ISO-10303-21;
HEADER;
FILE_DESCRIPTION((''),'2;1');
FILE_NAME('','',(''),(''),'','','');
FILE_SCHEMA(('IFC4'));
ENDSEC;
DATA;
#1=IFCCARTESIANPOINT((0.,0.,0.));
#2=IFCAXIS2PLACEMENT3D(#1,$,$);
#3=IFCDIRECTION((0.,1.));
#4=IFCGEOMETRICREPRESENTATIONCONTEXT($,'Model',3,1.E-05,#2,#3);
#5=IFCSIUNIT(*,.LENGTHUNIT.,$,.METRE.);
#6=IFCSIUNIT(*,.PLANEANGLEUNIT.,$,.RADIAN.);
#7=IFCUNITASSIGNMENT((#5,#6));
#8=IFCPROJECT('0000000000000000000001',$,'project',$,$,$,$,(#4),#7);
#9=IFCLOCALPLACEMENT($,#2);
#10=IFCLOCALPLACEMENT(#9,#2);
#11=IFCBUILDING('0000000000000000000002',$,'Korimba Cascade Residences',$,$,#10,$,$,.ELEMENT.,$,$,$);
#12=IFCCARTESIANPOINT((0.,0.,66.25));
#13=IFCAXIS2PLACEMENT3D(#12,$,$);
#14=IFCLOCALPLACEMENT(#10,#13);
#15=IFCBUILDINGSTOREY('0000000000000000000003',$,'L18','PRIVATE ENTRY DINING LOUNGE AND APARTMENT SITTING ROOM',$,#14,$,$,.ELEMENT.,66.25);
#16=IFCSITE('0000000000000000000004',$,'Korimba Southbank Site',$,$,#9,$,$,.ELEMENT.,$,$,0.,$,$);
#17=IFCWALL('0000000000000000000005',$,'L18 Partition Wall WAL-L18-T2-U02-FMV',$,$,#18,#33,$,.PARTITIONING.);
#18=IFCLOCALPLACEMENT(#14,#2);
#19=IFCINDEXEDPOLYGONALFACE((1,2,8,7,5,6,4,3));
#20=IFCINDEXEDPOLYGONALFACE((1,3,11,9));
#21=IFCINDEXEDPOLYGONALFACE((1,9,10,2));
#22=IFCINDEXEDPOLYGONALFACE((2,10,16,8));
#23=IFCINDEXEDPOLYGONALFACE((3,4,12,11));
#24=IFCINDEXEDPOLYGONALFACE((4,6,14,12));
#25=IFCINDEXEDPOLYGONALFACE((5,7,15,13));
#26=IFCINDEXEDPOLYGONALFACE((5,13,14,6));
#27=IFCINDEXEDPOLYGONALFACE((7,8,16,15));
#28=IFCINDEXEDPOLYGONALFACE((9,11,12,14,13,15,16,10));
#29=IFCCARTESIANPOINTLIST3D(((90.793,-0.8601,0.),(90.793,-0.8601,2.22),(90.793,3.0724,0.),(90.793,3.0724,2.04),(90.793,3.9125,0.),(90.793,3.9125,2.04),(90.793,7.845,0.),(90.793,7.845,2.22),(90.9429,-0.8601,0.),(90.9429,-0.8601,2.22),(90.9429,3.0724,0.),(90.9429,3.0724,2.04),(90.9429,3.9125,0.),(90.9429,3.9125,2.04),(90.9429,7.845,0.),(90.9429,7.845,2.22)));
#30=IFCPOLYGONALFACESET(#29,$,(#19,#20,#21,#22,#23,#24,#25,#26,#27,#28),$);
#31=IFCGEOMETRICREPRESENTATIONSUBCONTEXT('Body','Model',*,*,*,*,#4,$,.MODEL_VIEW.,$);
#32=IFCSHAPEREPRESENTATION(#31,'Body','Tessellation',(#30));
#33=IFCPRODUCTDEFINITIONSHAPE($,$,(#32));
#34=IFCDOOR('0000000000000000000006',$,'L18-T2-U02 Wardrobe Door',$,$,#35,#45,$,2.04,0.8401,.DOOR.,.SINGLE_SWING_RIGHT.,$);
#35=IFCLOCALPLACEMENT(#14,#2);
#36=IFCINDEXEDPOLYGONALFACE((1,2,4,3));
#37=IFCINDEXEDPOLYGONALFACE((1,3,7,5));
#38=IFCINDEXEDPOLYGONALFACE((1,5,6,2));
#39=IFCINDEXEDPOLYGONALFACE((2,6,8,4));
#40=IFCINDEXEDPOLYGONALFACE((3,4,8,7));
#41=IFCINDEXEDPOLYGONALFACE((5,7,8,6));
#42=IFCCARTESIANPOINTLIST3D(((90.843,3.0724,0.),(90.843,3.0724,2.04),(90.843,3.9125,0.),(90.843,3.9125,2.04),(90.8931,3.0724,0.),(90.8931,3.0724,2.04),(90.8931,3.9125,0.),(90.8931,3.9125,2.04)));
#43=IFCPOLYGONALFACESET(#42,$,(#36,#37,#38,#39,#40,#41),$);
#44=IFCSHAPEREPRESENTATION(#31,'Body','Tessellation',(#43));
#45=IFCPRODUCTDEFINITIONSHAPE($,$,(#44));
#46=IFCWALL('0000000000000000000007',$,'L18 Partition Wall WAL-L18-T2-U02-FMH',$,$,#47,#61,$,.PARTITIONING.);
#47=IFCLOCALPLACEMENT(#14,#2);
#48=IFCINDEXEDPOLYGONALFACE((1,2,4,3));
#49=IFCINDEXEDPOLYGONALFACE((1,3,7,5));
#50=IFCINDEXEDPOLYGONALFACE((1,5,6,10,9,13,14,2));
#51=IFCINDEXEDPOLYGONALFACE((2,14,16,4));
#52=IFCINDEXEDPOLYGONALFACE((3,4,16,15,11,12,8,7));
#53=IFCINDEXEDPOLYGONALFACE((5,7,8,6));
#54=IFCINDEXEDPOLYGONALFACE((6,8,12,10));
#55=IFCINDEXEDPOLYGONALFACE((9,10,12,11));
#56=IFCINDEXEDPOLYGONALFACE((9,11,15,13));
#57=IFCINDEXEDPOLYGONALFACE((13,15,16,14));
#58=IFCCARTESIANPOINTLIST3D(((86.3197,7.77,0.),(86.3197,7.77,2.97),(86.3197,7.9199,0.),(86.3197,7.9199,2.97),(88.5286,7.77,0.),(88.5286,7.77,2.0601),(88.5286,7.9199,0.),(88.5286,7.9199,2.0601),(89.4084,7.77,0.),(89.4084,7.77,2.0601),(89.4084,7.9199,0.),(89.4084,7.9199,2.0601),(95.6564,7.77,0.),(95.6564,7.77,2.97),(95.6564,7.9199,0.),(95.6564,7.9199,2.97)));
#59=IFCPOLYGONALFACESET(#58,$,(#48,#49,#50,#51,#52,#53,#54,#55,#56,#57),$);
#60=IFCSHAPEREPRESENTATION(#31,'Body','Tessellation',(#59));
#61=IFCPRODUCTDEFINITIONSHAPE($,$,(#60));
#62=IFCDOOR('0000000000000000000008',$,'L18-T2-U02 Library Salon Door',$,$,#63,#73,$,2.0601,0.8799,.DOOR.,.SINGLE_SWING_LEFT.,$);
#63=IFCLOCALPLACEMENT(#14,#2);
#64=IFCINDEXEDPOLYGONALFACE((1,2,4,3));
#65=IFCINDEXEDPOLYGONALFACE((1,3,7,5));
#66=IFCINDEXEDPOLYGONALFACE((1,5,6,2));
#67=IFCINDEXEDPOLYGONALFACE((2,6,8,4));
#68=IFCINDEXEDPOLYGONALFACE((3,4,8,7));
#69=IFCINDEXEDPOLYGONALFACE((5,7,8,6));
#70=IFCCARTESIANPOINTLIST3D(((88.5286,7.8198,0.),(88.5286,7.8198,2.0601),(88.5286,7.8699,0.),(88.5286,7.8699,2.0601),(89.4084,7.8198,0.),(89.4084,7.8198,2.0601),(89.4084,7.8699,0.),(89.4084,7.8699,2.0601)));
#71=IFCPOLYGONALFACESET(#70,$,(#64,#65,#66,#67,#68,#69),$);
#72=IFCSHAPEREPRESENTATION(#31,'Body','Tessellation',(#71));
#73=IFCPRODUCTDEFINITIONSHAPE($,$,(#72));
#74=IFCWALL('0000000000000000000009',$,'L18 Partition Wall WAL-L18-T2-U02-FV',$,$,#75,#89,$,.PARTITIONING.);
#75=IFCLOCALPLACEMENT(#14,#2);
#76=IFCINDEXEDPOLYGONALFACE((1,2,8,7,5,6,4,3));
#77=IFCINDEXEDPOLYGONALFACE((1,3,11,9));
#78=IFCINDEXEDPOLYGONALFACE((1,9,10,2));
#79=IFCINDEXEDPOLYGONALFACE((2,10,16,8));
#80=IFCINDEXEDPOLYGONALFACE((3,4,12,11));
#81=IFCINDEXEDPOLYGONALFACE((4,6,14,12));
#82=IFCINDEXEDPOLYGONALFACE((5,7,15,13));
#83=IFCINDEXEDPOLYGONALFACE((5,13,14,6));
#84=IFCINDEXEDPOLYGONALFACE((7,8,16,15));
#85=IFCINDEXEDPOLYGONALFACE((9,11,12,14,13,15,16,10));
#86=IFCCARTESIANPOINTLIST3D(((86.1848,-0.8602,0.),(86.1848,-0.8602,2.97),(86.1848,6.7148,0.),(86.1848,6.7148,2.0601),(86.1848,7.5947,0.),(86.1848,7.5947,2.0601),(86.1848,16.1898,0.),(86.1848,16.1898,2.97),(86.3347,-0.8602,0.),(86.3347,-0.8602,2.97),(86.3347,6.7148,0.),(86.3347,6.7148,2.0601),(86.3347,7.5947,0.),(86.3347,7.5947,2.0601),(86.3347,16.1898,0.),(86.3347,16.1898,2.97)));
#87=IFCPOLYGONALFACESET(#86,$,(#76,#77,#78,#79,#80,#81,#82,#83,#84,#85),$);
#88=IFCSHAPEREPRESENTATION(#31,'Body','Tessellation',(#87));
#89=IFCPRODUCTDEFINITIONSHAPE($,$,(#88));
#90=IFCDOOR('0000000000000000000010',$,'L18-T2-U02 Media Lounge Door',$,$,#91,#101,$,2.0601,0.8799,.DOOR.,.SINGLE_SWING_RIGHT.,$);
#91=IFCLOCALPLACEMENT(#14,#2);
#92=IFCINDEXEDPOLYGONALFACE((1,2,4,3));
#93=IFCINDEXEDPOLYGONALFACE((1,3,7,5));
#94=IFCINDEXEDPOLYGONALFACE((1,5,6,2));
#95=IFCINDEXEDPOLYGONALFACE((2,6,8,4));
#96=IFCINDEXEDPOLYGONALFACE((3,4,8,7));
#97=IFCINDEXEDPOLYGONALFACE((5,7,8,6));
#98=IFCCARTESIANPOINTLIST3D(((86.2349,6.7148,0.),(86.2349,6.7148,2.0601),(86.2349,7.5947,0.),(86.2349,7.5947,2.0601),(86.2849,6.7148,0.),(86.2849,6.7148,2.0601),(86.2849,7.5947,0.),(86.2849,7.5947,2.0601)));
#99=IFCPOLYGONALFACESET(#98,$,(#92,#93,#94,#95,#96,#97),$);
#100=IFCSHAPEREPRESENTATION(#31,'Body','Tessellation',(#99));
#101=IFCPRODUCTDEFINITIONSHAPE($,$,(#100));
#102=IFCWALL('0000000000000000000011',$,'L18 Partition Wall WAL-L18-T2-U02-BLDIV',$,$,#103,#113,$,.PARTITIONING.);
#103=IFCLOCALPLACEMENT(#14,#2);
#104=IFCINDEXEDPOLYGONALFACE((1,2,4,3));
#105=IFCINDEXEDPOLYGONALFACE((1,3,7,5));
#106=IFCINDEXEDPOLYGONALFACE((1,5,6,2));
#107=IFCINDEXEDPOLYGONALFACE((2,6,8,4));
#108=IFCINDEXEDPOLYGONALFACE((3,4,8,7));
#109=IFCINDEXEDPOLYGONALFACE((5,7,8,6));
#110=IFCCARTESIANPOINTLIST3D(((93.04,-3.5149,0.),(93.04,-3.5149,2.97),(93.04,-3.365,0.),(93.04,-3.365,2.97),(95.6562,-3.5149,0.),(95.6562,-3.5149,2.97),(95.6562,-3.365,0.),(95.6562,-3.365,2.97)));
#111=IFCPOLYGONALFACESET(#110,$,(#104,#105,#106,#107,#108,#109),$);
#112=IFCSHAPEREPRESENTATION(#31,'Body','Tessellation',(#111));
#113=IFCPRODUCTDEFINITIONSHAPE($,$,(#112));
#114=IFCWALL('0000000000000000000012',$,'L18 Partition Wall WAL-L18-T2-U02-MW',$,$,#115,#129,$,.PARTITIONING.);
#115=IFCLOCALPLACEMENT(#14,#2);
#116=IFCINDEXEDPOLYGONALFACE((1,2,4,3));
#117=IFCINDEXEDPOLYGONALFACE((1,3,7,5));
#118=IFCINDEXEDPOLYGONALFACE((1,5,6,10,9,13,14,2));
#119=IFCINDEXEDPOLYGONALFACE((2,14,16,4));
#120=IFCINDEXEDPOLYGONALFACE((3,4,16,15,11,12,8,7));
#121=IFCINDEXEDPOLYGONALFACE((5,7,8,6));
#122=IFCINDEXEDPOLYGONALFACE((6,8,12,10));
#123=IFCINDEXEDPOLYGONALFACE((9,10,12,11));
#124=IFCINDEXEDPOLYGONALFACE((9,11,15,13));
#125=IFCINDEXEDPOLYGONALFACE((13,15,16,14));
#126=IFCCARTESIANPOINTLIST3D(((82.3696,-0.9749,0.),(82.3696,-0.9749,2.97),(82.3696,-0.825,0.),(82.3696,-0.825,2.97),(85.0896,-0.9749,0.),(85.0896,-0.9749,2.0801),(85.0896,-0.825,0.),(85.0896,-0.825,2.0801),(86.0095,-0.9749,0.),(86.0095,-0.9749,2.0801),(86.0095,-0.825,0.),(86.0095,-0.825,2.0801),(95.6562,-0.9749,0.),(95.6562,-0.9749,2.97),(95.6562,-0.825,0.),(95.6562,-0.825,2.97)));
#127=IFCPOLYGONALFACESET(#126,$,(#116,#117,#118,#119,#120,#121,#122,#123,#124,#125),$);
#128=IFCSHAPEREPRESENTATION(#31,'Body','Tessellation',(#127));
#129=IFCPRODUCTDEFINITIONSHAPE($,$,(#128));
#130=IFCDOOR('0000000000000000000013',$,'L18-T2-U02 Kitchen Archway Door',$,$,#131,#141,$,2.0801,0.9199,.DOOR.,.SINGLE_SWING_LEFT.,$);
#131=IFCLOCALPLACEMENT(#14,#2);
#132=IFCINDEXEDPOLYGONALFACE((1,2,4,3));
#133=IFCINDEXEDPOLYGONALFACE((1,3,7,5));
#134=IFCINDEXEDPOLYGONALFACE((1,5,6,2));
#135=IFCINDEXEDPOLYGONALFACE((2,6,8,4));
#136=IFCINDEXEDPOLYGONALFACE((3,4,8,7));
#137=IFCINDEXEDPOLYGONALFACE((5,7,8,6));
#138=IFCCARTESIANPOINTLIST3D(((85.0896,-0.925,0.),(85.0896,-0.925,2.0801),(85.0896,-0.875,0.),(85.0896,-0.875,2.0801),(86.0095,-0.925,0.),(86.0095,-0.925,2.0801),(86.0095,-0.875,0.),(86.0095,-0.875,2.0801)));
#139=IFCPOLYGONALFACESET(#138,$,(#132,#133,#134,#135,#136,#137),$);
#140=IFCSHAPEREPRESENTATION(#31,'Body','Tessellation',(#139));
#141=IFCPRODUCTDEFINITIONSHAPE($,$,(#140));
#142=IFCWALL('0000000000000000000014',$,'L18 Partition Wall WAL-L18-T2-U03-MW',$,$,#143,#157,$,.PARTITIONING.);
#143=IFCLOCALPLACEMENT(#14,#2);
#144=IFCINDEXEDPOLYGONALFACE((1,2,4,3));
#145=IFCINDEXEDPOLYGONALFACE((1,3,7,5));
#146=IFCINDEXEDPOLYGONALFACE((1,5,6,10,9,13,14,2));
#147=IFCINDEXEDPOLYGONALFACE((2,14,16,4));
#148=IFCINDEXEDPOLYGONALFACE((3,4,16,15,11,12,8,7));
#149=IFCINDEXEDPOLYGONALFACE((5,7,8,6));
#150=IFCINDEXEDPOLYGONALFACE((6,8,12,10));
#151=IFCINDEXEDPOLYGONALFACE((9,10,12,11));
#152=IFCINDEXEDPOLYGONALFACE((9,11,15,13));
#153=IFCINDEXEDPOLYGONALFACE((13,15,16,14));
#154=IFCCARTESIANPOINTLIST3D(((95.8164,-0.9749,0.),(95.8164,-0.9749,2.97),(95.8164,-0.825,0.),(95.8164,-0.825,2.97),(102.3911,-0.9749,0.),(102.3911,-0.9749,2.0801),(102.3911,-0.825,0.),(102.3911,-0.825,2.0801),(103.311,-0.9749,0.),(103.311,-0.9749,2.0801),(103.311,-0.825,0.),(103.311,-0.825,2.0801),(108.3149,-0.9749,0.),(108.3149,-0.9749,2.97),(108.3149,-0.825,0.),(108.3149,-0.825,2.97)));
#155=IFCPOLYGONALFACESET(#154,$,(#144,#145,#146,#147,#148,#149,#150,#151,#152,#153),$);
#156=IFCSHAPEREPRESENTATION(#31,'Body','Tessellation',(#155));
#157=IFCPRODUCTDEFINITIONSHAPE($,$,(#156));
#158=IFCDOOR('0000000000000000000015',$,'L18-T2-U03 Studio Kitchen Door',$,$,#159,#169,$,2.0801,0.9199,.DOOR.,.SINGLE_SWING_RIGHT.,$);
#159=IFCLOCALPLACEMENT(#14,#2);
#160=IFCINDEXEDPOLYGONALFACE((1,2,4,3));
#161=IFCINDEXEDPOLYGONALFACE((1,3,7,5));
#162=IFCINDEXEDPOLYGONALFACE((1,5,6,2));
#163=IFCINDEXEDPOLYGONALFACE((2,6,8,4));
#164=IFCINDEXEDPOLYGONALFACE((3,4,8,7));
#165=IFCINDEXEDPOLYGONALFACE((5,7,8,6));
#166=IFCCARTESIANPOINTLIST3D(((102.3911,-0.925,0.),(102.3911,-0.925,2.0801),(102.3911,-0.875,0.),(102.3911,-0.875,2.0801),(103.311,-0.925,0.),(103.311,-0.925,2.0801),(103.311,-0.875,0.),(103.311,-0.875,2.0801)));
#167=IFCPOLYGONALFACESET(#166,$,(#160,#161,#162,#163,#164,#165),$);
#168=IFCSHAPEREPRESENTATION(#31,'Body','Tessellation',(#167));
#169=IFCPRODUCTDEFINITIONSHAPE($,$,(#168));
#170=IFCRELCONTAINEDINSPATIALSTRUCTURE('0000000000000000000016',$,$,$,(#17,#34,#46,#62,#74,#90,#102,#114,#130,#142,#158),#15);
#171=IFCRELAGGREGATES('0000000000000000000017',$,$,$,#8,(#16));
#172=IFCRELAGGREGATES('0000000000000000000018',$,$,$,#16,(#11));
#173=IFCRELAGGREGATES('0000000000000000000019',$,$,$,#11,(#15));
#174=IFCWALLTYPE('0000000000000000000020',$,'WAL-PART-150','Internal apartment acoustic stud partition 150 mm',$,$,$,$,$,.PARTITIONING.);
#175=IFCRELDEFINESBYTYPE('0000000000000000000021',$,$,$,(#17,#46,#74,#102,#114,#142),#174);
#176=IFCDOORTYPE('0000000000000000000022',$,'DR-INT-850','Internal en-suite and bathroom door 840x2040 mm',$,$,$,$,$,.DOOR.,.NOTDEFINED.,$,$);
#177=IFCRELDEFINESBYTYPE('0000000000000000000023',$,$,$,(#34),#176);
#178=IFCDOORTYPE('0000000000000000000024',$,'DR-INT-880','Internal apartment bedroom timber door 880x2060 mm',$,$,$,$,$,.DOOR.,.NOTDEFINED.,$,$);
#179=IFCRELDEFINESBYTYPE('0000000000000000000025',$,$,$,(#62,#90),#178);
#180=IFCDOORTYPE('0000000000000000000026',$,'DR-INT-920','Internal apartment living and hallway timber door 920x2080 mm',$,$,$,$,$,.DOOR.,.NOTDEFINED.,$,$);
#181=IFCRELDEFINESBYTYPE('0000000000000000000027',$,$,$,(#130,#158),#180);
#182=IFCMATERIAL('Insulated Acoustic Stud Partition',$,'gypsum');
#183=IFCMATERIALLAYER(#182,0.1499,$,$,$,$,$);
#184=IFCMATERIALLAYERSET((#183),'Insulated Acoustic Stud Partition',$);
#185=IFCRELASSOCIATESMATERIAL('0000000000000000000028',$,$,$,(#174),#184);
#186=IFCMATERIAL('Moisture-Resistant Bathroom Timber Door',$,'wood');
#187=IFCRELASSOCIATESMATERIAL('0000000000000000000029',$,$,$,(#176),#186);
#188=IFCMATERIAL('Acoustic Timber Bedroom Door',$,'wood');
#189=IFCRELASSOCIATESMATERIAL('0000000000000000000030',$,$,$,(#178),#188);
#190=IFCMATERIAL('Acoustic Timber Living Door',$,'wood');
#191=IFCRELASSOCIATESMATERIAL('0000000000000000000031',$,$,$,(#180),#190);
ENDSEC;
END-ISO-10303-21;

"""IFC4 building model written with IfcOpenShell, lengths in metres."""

from ifc_helpers import new_model, si_unit, direction, frame, frame_2d, origin, place, context, subcontext, project, spatial, rectangle, extrude, material, layer, layer_set, type_object, element, fill, save


model = new_model("IFC4")

# Units and contexts
model_context = context("Model", 3, precision=1e-05, world=origin(), true_north=direction((0.0, 1.0)))
body_context = subcontext(model_context, "Body", "Model", "MODEL_VIEW")
ifc_project = project(units=[si_unit("LENGTHUNIT", "METRE"), si_unit("PLANEANGLEUNIT", "RADIAN")], contexts=[model_context])

# Site, building, storey
site_placement = place(None, origin())
site = spatial("IfcSite", under=ifc_project, at=site_placement, Name="Korimba Southbank Site", CompositionType="ELEMENT", RefElevation=0.0)
building_placement = place(site_placement, origin())
building = spatial("IfcBuilding", under=site, at=building_placement, Name="Korimba Cascade Residences", CompositionType="ELEMENT")
storey_placement = place(building_placement, frame((0.0, 0.0, 66.25)))
storey = spatial("IfcBuildingStorey", under=building, at=storey_placement, Name="L18", Description="PRIVATE ENTRY DINING LOUNGE AND APARTMENT SITTING ROOM", CompositionType="ELEMENT", Elevation=66.25)

# Walls, openings, doors
ifc_material_1 = material(Name="Insulated Acoustic Stud Partition", Category="gypsum")
ifc_layer_1 = layer(ifc_material_1, 0.1499)
ifc_layer_set_1 = layer_set([ifc_layer_1], Name="Insulated Acoustic Stud Partition")
wall_type_1 = type_object("IfcWallType", Name="WAL-PART-150", Description="Internal apartment acoustic stud partition 150 mm", PredefinedType="PARTITIONING", material=ifc_layer_set_1)
wall_1_placement = place(storey_placement, frame((90.8679, -0.8601, 0.0), z_axis=(0.0, 0.0, 1.0), x_axis=(0.0, 1.0, 0.0)))
wall_1 = element("IfcWall", 1, at=wall_1_placement, inside=storey, type_object=wall_type_1, Name="L18 Partition Wall WAL-L18-T2-U02-FMV", PredefinedType="PARTITIONING", context=body_context, shape_type="SweptSolid", body=[
    extrude(rectangle(XDim=8.7051, YDim=0.1499, at=frame_2d((4.3525, 0.0))), origin(), (0.0, 0.0, 1.0), 2.22),
])
opening_1_placement = place(wall_1_placement, frame((3.9326, 0.0, 0.0)))
opening_1 = element("IfcOpeningElement", 2, at=opening_1_placement, cuts=wall_1, PredefinedType="OPENING", context=body_context, shape_type="SweptSolid", body=[
    extrude(rectangle(XDim=0.8401, YDim=2.04, at=frame_2d((0.4199, 1.02))), frame((0.0, 0.085, 0.0), z_axis=(0.0, -1.0, 0.0), x_axis=(1.0, 0.0, 0.0)), (0.0, 0.0, 1.0), 0.1699),
])
ifc_material_2 = material(Name="Moisture-Resistant Bathroom Timber Door", Category="wood")
door_type_1 = type_object("IfcDoorType", Name="DR-INT-850", Description="Internal en-suite and bathroom door 840x2040 mm", OperationType="NOTDEFINED", PredefinedType="DOOR", material=ifc_material_2)
door_1_placement = place(opening_1_placement, origin())
door_1 = element("IfcDoor", 3, at=door_1_placement, inside=storey, type_object=door_type_1, Name="L18-T2-U02 Wardrobe Door", OperationType="SINGLE_SWING_RIGHT", OverallHeight=2.04, OverallWidth=0.8401, PredefinedType="DOOR", context=body_context, shape_type="SweptSolid", body=[
    extrude(rectangle(XDim=0.8401, YDim=2.04, at=frame_2d((0.4199, 1.02))), frame((0.0, 0.0249, 0.0), z_axis=(0.0, -1.0, 0.0), x_axis=(1.0, 0.0, 0.0)), (0.0, 0.0, 1.0), 0.05),
])
fill(opening_1, door_1)
wall_2_placement = place(storey_placement, frame((86.3196, 7.845, 0.0), z_axis=(0.0, 0.0, 1.0), x_axis=(1.0, 0.0, 0.0)))
wall_2 = element("IfcWall", 4, at=wall_2_placement, inside=storey, type_object=wall_type_1, Name="L18 Partition Wall WAL-L18-T2-U02-FMH", PredefinedType="PARTITIONING", context=body_context, shape_type="SweptSolid", body=[
    extrude(rectangle(XDim=9.3367, YDim=0.1499, at=frame_2d((4.6685, 0.0))), origin(), (0.0, 0.0, 1.0), 2.97),
])
opening_2_placement = place(wall_2_placement, frame((2.209, 0.0, 0.0)))
opening_2 = element("IfcOpeningElement", 5, at=opening_2_placement, cuts=wall_2, PredefinedType="OPENING", context=body_context, shape_type="SweptSolid", body=[
    extrude(rectangle(XDim=0.8799, YDim=2.0601, at=frame_2d((0.4399, 1.03))), frame((0.0, 0.085, 0.0), z_axis=(0.0, -1.0, 0.0), x_axis=(1.0, 0.0, 0.0)), (0.0, 0.0, 1.0), 0.1699),
])
ifc_material_3 = material(Name="Acoustic Timber Bedroom Door", Category="wood")
door_type_2 = type_object("IfcDoorType", Name="DR-INT-880", Description="Internal apartment bedroom timber door 880x2060 mm", OperationType="NOTDEFINED", PredefinedType="DOOR", material=ifc_material_3)
door_2_placement = place(opening_2_placement, origin())
door_2 = element("IfcDoor", 6, at=door_2_placement, inside=storey, type_object=door_type_2, Name="L18-T2-U02 Library Salon Door", OperationType="SINGLE_SWING_LEFT", OverallHeight=2.0601, OverallWidth=0.8799, PredefinedType="DOOR", context=body_context, shape_type="SweptSolid", body=[
    extrude(rectangle(XDim=0.8799, YDim=2.0601, at=frame_2d((0.4399, 1.03))), frame((0.0, 0.0249, 0.0), z_axis=(0.0, -1.0, 0.0), x_axis=(1.0, 0.0, 0.0)), (0.0, 0.0, 1.0), 0.05),
])
fill(opening_2, door_2)
wall_3_placement = place(storey_placement, frame((86.2598, -0.8601, 0.0), z_axis=(0.0, 0.0, 1.0), x_axis=(0.0, 1.0, 0.0)))
wall_3 = element("IfcWall", 7, at=wall_3_placement, inside=storey, type_object=wall_type_1, Name="L18 Partition Wall WAL-L18-T2-U02-FV", PredefinedType="PARTITIONING", context=body_context, shape_type="SweptSolid", body=[
    extrude(rectangle(XDim=17.05, YDim=0.1499, at=frame_2d((8.5249, 0.0))), origin(), (0.0, 0.0, 1.0), 2.97),
])
opening_3_placement = place(wall_3_placement, frame((7.575, 0.0, 0.0)))
opening_3 = element("IfcOpeningElement", 8, at=opening_3_placement, cuts=wall_3, PredefinedType="OPENING", context=body_context, shape_type="SweptSolid", body=[
    extrude(rectangle(XDim=0.8799, YDim=2.0601, at=frame_2d((0.4399, 1.03))), frame((0.0, 0.085, 0.0), z_axis=(0.0, -1.0, 0.0), x_axis=(1.0, 0.0, 0.0)), (0.0, 0.0, 1.0), 0.1699),
])
door_3_placement = place(opening_3_placement, origin())
door_3 = element("IfcDoor", 9, at=door_3_placement, inside=storey, type_object=door_type_2, Name="L18-T2-U02 Media Lounge Door", OperationType="SINGLE_SWING_RIGHT", OverallHeight=2.0601, OverallWidth=0.8799, PredefinedType="DOOR", context=body_context, shape_type="SweptSolid", body=[
    extrude(rectangle(XDim=0.8799, YDim=2.0601, at=frame_2d((0.4399, 1.03))), frame((0.0, 0.0249, 0.0), z_axis=(0.0, -1.0, 0.0), x_axis=(1.0, 0.0, 0.0)), (0.0, 0.0, 1.0), 0.05),
])
fill(opening_3, door_3)

# Wall
wall_4_placement = place(storey_placement, frame((93.04, -3.4399, 0.0), z_axis=(0.0, 0.0, 1.0), x_axis=(1.0, 0.0, 0.0)))
element("IfcWall", 10, at=wall_4_placement, inside=storey, type_object=wall_type_1, Name="L18 Partition Wall WAL-L18-T2-U02-BLDIV", PredefinedType="PARTITIONING", context=body_context, shape_type="SweptSolid", body=[
    extrude(rectangle(XDim=2.6162, YDim=0.1499, at=frame_2d((1.3081, 0.0))), origin(), (0.0, 0.0, 1.0), 2.97),
])

# Walls, openings, doors
wall_5_placement = place(storey_placement, frame((82.3696, -0.8999, 0.0), z_axis=(0.0, 0.0, 1.0), x_axis=(1.0, 0.0, 0.0)))
wall_5 = element("IfcWall", 11, at=wall_5_placement, inside=storey, type_object=wall_type_1, Name="L18 Partition Wall WAL-L18-T2-U02-MW", PredefinedType="PARTITIONING", context=body_context, shape_type="SweptSolid", body=[
    extrude(rectangle(XDim=13.2866, YDim=0.1499, at=frame_2d((6.6433, 0.0))), origin(), (0.0, 0.0, 1.0), 2.97),
])
opening_4_placement = place(wall_5_placement, frame((2.72, 0.0, 0.0)))
opening_4 = element("IfcOpeningElement", 12, at=opening_4_placement, cuts=wall_5, PredefinedType="OPENING", context=body_context, shape_type="SweptSolid", body=[
    extrude(rectangle(XDim=0.9199, YDim=2.0801, at=frame_2d((0.46, 1.04))), frame((0.0, 0.085, 0.0), z_axis=(0.0, -1.0, 0.0), x_axis=(1.0, 0.0, 0.0)), (0.0, 0.0, 1.0), 0.1699),
])
ifc_material_4 = material(Name="Acoustic Timber Living Door", Category="wood")
door_type_3 = type_object("IfcDoorType", Name="DR-INT-920", Description="Internal apartment living and hallway timber door 920x2080 mm", OperationType="NOTDEFINED", PredefinedType="DOOR", material=ifc_material_4)
door_4_placement = place(opening_4_placement, origin())
door_4 = element("IfcDoor", 13, at=door_4_placement, inside=storey, type_object=door_type_3, Name="L18-T2-U02 Kitchen Archway Door", OperationType="SINGLE_SWING_LEFT", OverallHeight=2.0801, OverallWidth=0.9199, PredefinedType="DOOR", context=body_context, shape_type="SweptSolid", body=[
    extrude(rectangle(XDim=0.9199, YDim=2.0801, at=frame_2d((0.46, 1.04))), frame((0.0, 0.0249, 0.0), z_axis=(0.0, -1.0, 0.0), x_axis=(1.0, 0.0, 0.0)), (0.0, 0.0, 1.0), 0.05),
])
fill(opening_4, door_4)
wall_6_placement = place(storey_placement, frame((95.8164, -0.8999, 0.0), z_axis=(0.0, 0.0, 1.0), x_axis=(1.0, 0.0, 0.0)))
wall_6 = element("IfcWall", 14, at=wall_6_placement, inside=storey, type_object=wall_type_1, Name="L18 Partition Wall WAL-L18-T2-U03-MW", PredefinedType="PARTITIONING", context=body_context, shape_type="SweptSolid", body=[
    extrude(rectangle(XDim=12.4985, YDim=0.1499, at=frame_2d((6.2493, 0.0))), origin(), (0.0, 0.0, 1.0), 2.97),
])
opening_5_placement = place(wall_6_placement, frame((6.5747, 0.0, 0.0)))
opening_5 = element("IfcOpeningElement", 15, at=opening_5_placement, cuts=wall_6, PredefinedType="OPENING", context=body_context, shape_type="SweptSolid", body=[
    extrude(rectangle(XDim=0.9199, YDim=2.0801, at=frame_2d((0.46, 1.04))), frame((0.0, 0.085, 0.0), z_axis=(0.0, -1.0, 0.0), x_axis=(1.0, 0.0, 0.0)), (0.0, 0.0, 1.0), 0.1699),
])
door_5_placement = place(opening_5_placement, origin())
door_5 = element("IfcDoor", 16, at=door_5_placement, inside=storey, type_object=door_type_3, Name="L18-T2-U03 Studio Kitchen Door", OperationType="SINGLE_SWING_RIGHT", OverallHeight=2.0801, OverallWidth=0.9199, PredefinedType="DOOR", context=body_context, shape_type="SweptSolid", body=[
    extrude(rectangle(XDim=0.9199, YDim=2.0801, at=frame_2d((0.46, 1.04))), frame((0.0, 0.0249, 0.0), z_axis=(0.0, -1.0, 0.0), x_axis=(1.0, 0.0, 0.0)), (0.0, 0.0, 1.0), 0.05),
])
fill(opening_5, door_5)

save(model, "model.ifc")
